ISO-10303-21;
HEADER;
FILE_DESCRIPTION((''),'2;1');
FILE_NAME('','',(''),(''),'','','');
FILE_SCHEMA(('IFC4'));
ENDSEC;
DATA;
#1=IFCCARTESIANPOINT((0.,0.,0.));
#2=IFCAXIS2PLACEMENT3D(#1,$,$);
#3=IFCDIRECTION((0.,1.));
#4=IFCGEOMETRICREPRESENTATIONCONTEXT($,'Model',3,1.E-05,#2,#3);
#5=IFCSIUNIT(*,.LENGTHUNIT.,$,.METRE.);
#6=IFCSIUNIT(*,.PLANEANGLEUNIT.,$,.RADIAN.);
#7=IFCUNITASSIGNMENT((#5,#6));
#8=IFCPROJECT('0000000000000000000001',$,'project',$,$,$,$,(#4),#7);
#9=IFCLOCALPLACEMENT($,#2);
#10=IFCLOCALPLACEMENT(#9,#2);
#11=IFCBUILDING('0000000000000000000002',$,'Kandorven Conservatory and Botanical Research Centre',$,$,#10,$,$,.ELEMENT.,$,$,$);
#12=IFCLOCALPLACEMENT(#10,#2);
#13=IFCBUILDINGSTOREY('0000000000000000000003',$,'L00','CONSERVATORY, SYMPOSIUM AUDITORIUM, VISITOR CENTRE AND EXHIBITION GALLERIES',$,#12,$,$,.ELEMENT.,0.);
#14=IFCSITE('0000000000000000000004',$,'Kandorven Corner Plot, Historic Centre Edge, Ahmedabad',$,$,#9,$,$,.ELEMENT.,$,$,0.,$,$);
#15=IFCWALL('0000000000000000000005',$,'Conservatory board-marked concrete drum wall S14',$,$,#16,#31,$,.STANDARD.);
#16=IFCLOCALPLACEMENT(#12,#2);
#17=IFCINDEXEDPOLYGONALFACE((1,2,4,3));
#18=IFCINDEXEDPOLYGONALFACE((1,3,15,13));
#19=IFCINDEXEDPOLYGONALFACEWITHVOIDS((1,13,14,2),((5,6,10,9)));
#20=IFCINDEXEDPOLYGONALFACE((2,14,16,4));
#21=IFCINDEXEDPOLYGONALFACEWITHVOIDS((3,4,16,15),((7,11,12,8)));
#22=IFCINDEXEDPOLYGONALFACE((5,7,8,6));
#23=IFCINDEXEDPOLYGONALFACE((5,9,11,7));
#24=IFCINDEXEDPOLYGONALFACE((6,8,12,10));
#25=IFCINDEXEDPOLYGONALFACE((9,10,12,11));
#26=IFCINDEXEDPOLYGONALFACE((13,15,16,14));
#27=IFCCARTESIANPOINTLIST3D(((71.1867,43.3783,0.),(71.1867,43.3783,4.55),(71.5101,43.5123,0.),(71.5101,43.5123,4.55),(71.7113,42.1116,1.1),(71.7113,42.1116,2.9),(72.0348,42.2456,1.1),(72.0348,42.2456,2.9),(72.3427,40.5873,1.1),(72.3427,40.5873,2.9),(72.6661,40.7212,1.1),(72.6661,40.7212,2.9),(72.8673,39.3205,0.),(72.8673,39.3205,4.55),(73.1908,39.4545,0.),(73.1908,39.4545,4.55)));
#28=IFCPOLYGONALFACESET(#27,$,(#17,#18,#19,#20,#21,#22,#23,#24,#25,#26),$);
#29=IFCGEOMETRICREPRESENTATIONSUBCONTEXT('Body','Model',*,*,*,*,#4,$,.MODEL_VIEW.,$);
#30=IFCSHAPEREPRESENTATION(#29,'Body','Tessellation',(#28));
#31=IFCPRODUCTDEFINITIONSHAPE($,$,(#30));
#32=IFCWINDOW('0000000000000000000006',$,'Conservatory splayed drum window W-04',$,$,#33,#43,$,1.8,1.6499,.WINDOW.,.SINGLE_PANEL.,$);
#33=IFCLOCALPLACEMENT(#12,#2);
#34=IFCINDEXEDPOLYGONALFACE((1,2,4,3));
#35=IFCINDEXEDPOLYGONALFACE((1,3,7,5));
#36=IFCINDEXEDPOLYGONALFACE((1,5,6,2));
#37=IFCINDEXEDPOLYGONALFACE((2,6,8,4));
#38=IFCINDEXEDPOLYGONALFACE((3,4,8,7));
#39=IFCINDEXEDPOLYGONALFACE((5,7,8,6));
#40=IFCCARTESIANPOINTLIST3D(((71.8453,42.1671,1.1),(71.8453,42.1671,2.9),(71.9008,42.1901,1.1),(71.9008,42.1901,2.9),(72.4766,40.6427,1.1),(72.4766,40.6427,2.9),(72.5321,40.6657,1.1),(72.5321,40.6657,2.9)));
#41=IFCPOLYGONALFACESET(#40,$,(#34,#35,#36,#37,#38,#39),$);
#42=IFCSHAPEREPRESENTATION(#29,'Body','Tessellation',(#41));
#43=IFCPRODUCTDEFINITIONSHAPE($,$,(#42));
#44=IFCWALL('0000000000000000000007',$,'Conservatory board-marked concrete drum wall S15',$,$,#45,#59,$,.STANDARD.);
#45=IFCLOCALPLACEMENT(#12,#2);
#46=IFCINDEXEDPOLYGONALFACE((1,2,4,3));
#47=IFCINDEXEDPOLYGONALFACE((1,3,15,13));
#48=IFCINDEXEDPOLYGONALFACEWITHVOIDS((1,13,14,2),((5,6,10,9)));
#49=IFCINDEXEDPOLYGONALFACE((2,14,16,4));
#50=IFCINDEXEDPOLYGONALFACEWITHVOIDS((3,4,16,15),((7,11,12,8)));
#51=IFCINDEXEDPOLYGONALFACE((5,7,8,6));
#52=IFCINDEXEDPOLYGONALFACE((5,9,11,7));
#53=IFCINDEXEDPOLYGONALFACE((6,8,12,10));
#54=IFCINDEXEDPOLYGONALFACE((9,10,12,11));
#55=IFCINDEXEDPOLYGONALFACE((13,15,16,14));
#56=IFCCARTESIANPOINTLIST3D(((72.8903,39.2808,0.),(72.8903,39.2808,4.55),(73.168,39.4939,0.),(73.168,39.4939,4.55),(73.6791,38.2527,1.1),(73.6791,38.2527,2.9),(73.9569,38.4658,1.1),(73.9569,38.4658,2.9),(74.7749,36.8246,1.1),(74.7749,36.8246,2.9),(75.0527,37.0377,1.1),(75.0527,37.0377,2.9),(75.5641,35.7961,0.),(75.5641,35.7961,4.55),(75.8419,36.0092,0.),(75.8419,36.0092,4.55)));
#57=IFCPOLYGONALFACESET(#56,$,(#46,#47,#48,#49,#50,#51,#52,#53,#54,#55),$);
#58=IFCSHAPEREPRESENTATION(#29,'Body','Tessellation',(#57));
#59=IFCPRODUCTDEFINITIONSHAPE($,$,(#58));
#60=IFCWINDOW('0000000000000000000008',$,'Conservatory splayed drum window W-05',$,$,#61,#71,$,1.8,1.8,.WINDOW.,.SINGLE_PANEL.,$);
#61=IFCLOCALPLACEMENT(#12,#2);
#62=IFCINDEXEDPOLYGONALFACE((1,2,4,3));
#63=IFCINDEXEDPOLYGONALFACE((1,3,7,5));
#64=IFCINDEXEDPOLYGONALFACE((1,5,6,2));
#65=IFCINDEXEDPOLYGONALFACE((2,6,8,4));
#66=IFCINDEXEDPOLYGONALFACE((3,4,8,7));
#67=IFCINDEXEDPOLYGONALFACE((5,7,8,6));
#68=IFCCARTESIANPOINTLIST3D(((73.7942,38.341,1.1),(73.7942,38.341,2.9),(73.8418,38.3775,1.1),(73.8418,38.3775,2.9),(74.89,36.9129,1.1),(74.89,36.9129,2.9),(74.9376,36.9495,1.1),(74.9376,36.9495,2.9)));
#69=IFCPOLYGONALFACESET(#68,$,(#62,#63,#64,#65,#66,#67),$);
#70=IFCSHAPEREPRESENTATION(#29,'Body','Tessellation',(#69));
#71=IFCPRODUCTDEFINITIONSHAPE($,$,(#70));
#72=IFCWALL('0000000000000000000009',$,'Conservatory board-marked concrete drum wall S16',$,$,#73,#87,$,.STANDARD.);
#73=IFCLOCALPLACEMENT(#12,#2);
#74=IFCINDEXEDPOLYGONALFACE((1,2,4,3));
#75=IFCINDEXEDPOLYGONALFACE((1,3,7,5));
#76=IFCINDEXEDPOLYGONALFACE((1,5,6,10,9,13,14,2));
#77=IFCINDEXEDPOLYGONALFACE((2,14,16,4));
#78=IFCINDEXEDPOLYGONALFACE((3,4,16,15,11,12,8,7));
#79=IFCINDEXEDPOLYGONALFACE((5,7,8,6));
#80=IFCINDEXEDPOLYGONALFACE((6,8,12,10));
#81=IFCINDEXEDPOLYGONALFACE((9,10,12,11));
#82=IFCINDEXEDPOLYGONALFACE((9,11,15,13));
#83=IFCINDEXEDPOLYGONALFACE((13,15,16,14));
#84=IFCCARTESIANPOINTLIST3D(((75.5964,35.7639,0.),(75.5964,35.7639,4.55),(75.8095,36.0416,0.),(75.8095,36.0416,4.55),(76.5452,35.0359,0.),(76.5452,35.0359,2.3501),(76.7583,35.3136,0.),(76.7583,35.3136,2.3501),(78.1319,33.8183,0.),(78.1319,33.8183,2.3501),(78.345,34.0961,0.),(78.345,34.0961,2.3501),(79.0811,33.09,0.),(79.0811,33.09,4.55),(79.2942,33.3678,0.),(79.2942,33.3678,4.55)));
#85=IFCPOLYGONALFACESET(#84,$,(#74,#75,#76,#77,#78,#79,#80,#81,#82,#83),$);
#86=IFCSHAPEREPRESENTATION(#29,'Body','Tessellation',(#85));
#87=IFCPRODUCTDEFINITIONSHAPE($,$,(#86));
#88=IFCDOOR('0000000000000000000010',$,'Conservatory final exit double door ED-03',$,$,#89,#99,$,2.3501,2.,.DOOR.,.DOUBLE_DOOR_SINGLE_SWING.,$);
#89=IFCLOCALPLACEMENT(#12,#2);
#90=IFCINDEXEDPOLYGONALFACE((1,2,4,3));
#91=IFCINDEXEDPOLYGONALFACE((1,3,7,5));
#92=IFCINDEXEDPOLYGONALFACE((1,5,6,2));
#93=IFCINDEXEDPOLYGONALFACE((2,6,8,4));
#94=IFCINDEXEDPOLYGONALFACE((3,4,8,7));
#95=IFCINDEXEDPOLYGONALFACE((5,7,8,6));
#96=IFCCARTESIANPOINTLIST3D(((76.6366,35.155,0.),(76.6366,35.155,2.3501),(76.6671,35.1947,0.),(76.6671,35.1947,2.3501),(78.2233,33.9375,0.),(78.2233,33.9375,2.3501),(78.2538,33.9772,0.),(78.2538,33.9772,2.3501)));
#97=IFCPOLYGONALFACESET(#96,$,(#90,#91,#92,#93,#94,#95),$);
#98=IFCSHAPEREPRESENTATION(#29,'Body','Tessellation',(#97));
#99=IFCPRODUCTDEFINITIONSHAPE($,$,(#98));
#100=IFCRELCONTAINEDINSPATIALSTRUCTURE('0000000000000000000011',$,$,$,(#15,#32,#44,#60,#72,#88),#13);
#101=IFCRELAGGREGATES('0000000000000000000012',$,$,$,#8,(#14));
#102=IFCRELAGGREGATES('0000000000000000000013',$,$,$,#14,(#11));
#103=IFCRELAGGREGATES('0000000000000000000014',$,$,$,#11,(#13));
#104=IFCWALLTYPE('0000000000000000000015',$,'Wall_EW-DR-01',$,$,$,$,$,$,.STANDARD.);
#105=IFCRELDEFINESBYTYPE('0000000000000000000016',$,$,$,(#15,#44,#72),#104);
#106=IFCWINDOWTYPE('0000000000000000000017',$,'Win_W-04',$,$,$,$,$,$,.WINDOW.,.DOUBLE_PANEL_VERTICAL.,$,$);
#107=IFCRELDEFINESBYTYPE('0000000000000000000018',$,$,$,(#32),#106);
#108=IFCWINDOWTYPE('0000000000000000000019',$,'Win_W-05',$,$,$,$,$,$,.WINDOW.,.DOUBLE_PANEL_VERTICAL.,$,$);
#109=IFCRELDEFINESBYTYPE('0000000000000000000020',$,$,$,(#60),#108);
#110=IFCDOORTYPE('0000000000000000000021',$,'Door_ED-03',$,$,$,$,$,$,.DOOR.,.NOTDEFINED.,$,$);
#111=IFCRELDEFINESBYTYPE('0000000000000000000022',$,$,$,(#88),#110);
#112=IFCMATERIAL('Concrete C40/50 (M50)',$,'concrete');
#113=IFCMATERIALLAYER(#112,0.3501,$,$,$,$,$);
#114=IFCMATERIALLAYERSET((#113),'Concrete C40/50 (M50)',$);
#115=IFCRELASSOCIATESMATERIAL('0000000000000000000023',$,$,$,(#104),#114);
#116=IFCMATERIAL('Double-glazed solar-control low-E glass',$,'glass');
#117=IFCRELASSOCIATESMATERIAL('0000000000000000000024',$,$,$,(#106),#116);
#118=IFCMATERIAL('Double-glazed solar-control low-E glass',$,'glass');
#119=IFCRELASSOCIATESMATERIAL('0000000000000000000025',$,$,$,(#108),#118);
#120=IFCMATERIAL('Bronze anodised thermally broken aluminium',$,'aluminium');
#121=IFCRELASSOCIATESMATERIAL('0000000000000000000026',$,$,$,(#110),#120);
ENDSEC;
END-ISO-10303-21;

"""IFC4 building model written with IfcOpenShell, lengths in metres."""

from ifc_helpers import new_model, si_unit, direction, frame, frame_2d, origin, place, context, subcontext, project, spatial, rectangle, extrude, material, layer, layer_set, type_object, element, fill, save


model = new_model("IFC4")

# Units and contexts
model_context = context("Model", 3, precision=1e-05, world=origin(), true_north=direction((0.0, 1.0)))
body_context = subcontext(model_context, "Body", "Model", "MODEL_VIEW")
ifc_project = project(units=[si_unit("LENGTHUNIT", "METRE"), si_unit("PLANEANGLEUNIT", "RADIAN")], contexts=[model_context])

# Site, building, storey
site_placement = place(None, origin())
site = spatial("IfcSite", under=ifc_project, at=site_placement, Name="Kandorven Corner Plot, Historic Centre Edge, Ahmedabad", CompositionType="ELEMENT", RefElevation=0.0)
building_placement = place(site_placement, origin())
building = spatial("IfcBuilding", under=site, at=building_placement, Name="Kandorven Conservatory and Botanical Research Centre", CompositionType="ELEMENT")
storey_placement = place(building_placement, origin())
storey = spatial("IfcBuildingStorey", under=building, at=storey_placement, Name="L00", Description="CONSERVATORY, SYMPOSIUM AUDITORIUM, VISITOR CENTRE AND EXHIBITION GALLERIES", CompositionType="ELEMENT", Elevation=0.0)

# Walls, openings, windows
ifc_material_1 = material(Name="Concrete C40/50 (M50)", Category="concrete")
ifc_layer_1 = layer(ifc_material_1, 0.3501)
ifc_layer_set_1 = layer_set([ifc_layer_1], Name="Concrete C40/50 (M50)")
wall_type_1 = type_object("IfcWallType", Name="Wall_EW-DR-01", PredefinedType="STANDARD", material=ifc_layer_set_1)
wall_1_placement = place(storey_placement, frame((71.3484, 43.4453, 0.0), z_axis=(0.0, 0.0, 1.0), x_axis=(0.382653, -0.923892, 0.0)))
wall_1 = element("IfcWall", 1, at=wall_1_placement, inside=storey, type_object=wall_type_1, Name="Conservatory board-marked concrete drum wall S14", PredefinedType="STANDARD", context=body_context, shape_type="SweptSolid", body=[
    extrude(rectangle(XDim=4.3921, YDim=0.3501, at=frame_2d((2.196, 0.0))), origin(), (0.0, 0.0, 1.0), 4.55),
])
opening_1_placement = place(wall_1_placement, frame((1.3711, 0.0, 1.1001)))
opening_1 = element("IfcOpeningElement", 2, at=opening_1_placement, cuts=wall_1, PredefinedType="OPENING", context=body_context, shape_type="SweptSolid", body=[
    extrude(rectangle(XDim=1.6499, YDim=1.8, at=frame_2d((0.825, 0.8999))), frame((0.0, 0.1851, 0.0), z_axis=(0.0, -1.0, 0.0), x_axis=(1.0, 0.0, 0.0)), (0.0, 0.0, 1.0), 0.3701),
])
ifc_material_2 = material(Name="Double-glazed solar-control low-E glass", Category="glass")
window_type_1 = type_object("IfcWindowType", Name="Win_W-04", PartitioningType="DOUBLE_PANEL_VERTICAL", PredefinedType="WINDOW", material=ifc_material_2)
window_1_placement = place(opening_1_placement, origin())
window_1 = element("IfcWindow", 3, at=window_1_placement, inside=storey, type_object=window_type_1, Name="Conservatory splayed drum window W-04", OverallHeight=1.8, OverallWidth=1.6499, PartitioningType="SINGLE_PANEL", PredefinedType="WINDOW", context=body_context, shape_type="SweptSolid", body=[
    extrude(rectangle(XDim=1.6499, YDim=1.8, at=frame_2d((0.825, 0.8999))), frame((0.0, 0.03, 0.0), z_axis=(0.0, -1.0, 0.0), x_axis=(1.0, 0.0, 0.0)), (0.0, 0.0, 1.0), 0.0601),
])
fill(opening_1, window_1)
wall_2_placement = place(storey_placement, frame((73.0291, 39.3875, 0.0), z_axis=(0.0, 0.0, 1.0), x_axis=(0.608759, -0.793355, 0.0)))
wall_2 = element("IfcWall", 4, at=wall_2_placement, inside=storey, type_object=wall_type_1, Name="Conservatory board-marked concrete drum wall S15", PredefinedType="STANDARD", context=body_context, shape_type="SweptSolid", body=[
    extrude(rectangle(XDim=4.3923, YDim=0.3501, at=frame_2d((2.1963, 0.0))), origin(), (0.0, 0.0, 1.0), 4.55),
])
opening_2_placement = place(wall_2_placement, frame((1.2961, 0.0, 1.1001)))
opening_2 = element("IfcOpeningElement", 5, at=opening_2_placement, cuts=wall_2, PredefinedType="OPENING", context=body_context, shape_type="SweptSolid", body=[
    extrude(rectangle(XDim=1.8, YDim=1.8, at=frame_2d((0.8999, 0.8999))), frame((0.0, 0.1851, 0.0), z_axis=(0.0, -1.0, 0.0), x_axis=(1.0, 0.0, 0.0)), (0.0, 0.0, 1.0), 0.3701),
])
ifc_material_3 = material(Name="Double-glazed solar-control low-E glass", Category="glass")
window_type_2 = type_object("IfcWindowType", Name="Win_W-05", PartitioningType="DOUBLE_PANEL_VERTICAL", PredefinedType="WINDOW", material=ifc_material_3)
window_2_placement = place(opening_2_placement, origin())
window_2 = element("IfcWindow", 6, at=window_2_placement, inside=storey, type_object=window_type_2, Name="Conservatory splayed drum window W-05", OverallHeight=1.8, OverallWidth=1.8, PartitioningType="SINGLE_PANEL", PredefinedType="WINDOW", context=body_context, shape_type="SweptSolid", body=[
    extrude(rectangle(XDim=1.8, YDim=1.8, at=frame_2d((0.8999, 0.8999))), frame((0.0, 0.03, 0.0), z_axis=(0.0, -1.0, 0.0), x_axis=(1.0, 0.0, 0.0)), (0.0, 0.0, 1.0), 0.0601),
])
fill(opening_2, window_2)

# Wall, opening, door
wall_3_placement = place(storey_placement, frame((75.7029, 35.9028, 0.0), z_axis=(0.0, 0.0, 1.0), x_axis=(0.793355, -0.608759, 0.0)))
wall_3 = element("IfcWall", 7, at=wall_3_placement, inside=storey, type_object=wall_type_1, Name="Conservatory board-marked concrete drum wall S16", PredefinedType="STANDARD", context=body_context, shape_type="SweptSolid", body=[
    extrude(rectangle(XDim=4.3923, YDim=0.3501, at=frame_2d((2.1963, 0.0))), origin(), (0.0, 0.0, 1.0), 4.55),
])
opening_3_placement = place(wall_3_placement, frame((1.196, 0.0, 0.0)))
opening_3 = element("IfcOpeningElement", 8, at=opening_3_placement, cuts=wall_3, PredefinedType="OPENING", context=body_context, shape_type="SweptSolid", body=[
    extrude(rectangle(XDim=2.0, YDim=2.3501, at=frame_2d((1.0, 1.175))), frame((0.0, 0.1851, 0.0), z_axis=(0.0, -1.0, 0.0), x_axis=(1.0, 0.0, 0.0)), (0.0, 0.0, 1.0), 0.3701),
])
ifc_material_4 = material(Name="Bronze anodised thermally broken aluminium", Category="aluminium")
door_type_1 = type_object("IfcDoorType", Name="Door_ED-03", OperationType="NOTDEFINED", PredefinedType="DOOR", material=ifc_material_4)
door_1_placement = place(opening_3_placement, frame((2.0, 0.0, 0.0), z_axis=(0.0, 0.0, 1.0), x_axis=(-1.0, 0.0, 0.0)))
door_1 = element("IfcDoor", 9, at=door_1_placement, inside=storey, type_object=door_type_1, Name="Conservatory final exit double door ED-03", OperationType="DOUBLE_DOOR_SINGLE_SWING", OverallHeight=2.3501, OverallWidth=2.0, PredefinedType="DOOR", context=body_context, shape_type="SweptSolid", body=[
    extrude(rectangle(XDim=2.0, YDim=2.3501, at=frame_2d((1.0, 1.175))), frame((0.0, 0.0249, 0.0), z_axis=(0.0, -1.0, 0.0), x_axis=(1.0, 0.0, 0.0)), (0.0, 0.0, 1.0), 0.05),
])
fill(opening_3, door_1)

save(model, "model.ifc")
